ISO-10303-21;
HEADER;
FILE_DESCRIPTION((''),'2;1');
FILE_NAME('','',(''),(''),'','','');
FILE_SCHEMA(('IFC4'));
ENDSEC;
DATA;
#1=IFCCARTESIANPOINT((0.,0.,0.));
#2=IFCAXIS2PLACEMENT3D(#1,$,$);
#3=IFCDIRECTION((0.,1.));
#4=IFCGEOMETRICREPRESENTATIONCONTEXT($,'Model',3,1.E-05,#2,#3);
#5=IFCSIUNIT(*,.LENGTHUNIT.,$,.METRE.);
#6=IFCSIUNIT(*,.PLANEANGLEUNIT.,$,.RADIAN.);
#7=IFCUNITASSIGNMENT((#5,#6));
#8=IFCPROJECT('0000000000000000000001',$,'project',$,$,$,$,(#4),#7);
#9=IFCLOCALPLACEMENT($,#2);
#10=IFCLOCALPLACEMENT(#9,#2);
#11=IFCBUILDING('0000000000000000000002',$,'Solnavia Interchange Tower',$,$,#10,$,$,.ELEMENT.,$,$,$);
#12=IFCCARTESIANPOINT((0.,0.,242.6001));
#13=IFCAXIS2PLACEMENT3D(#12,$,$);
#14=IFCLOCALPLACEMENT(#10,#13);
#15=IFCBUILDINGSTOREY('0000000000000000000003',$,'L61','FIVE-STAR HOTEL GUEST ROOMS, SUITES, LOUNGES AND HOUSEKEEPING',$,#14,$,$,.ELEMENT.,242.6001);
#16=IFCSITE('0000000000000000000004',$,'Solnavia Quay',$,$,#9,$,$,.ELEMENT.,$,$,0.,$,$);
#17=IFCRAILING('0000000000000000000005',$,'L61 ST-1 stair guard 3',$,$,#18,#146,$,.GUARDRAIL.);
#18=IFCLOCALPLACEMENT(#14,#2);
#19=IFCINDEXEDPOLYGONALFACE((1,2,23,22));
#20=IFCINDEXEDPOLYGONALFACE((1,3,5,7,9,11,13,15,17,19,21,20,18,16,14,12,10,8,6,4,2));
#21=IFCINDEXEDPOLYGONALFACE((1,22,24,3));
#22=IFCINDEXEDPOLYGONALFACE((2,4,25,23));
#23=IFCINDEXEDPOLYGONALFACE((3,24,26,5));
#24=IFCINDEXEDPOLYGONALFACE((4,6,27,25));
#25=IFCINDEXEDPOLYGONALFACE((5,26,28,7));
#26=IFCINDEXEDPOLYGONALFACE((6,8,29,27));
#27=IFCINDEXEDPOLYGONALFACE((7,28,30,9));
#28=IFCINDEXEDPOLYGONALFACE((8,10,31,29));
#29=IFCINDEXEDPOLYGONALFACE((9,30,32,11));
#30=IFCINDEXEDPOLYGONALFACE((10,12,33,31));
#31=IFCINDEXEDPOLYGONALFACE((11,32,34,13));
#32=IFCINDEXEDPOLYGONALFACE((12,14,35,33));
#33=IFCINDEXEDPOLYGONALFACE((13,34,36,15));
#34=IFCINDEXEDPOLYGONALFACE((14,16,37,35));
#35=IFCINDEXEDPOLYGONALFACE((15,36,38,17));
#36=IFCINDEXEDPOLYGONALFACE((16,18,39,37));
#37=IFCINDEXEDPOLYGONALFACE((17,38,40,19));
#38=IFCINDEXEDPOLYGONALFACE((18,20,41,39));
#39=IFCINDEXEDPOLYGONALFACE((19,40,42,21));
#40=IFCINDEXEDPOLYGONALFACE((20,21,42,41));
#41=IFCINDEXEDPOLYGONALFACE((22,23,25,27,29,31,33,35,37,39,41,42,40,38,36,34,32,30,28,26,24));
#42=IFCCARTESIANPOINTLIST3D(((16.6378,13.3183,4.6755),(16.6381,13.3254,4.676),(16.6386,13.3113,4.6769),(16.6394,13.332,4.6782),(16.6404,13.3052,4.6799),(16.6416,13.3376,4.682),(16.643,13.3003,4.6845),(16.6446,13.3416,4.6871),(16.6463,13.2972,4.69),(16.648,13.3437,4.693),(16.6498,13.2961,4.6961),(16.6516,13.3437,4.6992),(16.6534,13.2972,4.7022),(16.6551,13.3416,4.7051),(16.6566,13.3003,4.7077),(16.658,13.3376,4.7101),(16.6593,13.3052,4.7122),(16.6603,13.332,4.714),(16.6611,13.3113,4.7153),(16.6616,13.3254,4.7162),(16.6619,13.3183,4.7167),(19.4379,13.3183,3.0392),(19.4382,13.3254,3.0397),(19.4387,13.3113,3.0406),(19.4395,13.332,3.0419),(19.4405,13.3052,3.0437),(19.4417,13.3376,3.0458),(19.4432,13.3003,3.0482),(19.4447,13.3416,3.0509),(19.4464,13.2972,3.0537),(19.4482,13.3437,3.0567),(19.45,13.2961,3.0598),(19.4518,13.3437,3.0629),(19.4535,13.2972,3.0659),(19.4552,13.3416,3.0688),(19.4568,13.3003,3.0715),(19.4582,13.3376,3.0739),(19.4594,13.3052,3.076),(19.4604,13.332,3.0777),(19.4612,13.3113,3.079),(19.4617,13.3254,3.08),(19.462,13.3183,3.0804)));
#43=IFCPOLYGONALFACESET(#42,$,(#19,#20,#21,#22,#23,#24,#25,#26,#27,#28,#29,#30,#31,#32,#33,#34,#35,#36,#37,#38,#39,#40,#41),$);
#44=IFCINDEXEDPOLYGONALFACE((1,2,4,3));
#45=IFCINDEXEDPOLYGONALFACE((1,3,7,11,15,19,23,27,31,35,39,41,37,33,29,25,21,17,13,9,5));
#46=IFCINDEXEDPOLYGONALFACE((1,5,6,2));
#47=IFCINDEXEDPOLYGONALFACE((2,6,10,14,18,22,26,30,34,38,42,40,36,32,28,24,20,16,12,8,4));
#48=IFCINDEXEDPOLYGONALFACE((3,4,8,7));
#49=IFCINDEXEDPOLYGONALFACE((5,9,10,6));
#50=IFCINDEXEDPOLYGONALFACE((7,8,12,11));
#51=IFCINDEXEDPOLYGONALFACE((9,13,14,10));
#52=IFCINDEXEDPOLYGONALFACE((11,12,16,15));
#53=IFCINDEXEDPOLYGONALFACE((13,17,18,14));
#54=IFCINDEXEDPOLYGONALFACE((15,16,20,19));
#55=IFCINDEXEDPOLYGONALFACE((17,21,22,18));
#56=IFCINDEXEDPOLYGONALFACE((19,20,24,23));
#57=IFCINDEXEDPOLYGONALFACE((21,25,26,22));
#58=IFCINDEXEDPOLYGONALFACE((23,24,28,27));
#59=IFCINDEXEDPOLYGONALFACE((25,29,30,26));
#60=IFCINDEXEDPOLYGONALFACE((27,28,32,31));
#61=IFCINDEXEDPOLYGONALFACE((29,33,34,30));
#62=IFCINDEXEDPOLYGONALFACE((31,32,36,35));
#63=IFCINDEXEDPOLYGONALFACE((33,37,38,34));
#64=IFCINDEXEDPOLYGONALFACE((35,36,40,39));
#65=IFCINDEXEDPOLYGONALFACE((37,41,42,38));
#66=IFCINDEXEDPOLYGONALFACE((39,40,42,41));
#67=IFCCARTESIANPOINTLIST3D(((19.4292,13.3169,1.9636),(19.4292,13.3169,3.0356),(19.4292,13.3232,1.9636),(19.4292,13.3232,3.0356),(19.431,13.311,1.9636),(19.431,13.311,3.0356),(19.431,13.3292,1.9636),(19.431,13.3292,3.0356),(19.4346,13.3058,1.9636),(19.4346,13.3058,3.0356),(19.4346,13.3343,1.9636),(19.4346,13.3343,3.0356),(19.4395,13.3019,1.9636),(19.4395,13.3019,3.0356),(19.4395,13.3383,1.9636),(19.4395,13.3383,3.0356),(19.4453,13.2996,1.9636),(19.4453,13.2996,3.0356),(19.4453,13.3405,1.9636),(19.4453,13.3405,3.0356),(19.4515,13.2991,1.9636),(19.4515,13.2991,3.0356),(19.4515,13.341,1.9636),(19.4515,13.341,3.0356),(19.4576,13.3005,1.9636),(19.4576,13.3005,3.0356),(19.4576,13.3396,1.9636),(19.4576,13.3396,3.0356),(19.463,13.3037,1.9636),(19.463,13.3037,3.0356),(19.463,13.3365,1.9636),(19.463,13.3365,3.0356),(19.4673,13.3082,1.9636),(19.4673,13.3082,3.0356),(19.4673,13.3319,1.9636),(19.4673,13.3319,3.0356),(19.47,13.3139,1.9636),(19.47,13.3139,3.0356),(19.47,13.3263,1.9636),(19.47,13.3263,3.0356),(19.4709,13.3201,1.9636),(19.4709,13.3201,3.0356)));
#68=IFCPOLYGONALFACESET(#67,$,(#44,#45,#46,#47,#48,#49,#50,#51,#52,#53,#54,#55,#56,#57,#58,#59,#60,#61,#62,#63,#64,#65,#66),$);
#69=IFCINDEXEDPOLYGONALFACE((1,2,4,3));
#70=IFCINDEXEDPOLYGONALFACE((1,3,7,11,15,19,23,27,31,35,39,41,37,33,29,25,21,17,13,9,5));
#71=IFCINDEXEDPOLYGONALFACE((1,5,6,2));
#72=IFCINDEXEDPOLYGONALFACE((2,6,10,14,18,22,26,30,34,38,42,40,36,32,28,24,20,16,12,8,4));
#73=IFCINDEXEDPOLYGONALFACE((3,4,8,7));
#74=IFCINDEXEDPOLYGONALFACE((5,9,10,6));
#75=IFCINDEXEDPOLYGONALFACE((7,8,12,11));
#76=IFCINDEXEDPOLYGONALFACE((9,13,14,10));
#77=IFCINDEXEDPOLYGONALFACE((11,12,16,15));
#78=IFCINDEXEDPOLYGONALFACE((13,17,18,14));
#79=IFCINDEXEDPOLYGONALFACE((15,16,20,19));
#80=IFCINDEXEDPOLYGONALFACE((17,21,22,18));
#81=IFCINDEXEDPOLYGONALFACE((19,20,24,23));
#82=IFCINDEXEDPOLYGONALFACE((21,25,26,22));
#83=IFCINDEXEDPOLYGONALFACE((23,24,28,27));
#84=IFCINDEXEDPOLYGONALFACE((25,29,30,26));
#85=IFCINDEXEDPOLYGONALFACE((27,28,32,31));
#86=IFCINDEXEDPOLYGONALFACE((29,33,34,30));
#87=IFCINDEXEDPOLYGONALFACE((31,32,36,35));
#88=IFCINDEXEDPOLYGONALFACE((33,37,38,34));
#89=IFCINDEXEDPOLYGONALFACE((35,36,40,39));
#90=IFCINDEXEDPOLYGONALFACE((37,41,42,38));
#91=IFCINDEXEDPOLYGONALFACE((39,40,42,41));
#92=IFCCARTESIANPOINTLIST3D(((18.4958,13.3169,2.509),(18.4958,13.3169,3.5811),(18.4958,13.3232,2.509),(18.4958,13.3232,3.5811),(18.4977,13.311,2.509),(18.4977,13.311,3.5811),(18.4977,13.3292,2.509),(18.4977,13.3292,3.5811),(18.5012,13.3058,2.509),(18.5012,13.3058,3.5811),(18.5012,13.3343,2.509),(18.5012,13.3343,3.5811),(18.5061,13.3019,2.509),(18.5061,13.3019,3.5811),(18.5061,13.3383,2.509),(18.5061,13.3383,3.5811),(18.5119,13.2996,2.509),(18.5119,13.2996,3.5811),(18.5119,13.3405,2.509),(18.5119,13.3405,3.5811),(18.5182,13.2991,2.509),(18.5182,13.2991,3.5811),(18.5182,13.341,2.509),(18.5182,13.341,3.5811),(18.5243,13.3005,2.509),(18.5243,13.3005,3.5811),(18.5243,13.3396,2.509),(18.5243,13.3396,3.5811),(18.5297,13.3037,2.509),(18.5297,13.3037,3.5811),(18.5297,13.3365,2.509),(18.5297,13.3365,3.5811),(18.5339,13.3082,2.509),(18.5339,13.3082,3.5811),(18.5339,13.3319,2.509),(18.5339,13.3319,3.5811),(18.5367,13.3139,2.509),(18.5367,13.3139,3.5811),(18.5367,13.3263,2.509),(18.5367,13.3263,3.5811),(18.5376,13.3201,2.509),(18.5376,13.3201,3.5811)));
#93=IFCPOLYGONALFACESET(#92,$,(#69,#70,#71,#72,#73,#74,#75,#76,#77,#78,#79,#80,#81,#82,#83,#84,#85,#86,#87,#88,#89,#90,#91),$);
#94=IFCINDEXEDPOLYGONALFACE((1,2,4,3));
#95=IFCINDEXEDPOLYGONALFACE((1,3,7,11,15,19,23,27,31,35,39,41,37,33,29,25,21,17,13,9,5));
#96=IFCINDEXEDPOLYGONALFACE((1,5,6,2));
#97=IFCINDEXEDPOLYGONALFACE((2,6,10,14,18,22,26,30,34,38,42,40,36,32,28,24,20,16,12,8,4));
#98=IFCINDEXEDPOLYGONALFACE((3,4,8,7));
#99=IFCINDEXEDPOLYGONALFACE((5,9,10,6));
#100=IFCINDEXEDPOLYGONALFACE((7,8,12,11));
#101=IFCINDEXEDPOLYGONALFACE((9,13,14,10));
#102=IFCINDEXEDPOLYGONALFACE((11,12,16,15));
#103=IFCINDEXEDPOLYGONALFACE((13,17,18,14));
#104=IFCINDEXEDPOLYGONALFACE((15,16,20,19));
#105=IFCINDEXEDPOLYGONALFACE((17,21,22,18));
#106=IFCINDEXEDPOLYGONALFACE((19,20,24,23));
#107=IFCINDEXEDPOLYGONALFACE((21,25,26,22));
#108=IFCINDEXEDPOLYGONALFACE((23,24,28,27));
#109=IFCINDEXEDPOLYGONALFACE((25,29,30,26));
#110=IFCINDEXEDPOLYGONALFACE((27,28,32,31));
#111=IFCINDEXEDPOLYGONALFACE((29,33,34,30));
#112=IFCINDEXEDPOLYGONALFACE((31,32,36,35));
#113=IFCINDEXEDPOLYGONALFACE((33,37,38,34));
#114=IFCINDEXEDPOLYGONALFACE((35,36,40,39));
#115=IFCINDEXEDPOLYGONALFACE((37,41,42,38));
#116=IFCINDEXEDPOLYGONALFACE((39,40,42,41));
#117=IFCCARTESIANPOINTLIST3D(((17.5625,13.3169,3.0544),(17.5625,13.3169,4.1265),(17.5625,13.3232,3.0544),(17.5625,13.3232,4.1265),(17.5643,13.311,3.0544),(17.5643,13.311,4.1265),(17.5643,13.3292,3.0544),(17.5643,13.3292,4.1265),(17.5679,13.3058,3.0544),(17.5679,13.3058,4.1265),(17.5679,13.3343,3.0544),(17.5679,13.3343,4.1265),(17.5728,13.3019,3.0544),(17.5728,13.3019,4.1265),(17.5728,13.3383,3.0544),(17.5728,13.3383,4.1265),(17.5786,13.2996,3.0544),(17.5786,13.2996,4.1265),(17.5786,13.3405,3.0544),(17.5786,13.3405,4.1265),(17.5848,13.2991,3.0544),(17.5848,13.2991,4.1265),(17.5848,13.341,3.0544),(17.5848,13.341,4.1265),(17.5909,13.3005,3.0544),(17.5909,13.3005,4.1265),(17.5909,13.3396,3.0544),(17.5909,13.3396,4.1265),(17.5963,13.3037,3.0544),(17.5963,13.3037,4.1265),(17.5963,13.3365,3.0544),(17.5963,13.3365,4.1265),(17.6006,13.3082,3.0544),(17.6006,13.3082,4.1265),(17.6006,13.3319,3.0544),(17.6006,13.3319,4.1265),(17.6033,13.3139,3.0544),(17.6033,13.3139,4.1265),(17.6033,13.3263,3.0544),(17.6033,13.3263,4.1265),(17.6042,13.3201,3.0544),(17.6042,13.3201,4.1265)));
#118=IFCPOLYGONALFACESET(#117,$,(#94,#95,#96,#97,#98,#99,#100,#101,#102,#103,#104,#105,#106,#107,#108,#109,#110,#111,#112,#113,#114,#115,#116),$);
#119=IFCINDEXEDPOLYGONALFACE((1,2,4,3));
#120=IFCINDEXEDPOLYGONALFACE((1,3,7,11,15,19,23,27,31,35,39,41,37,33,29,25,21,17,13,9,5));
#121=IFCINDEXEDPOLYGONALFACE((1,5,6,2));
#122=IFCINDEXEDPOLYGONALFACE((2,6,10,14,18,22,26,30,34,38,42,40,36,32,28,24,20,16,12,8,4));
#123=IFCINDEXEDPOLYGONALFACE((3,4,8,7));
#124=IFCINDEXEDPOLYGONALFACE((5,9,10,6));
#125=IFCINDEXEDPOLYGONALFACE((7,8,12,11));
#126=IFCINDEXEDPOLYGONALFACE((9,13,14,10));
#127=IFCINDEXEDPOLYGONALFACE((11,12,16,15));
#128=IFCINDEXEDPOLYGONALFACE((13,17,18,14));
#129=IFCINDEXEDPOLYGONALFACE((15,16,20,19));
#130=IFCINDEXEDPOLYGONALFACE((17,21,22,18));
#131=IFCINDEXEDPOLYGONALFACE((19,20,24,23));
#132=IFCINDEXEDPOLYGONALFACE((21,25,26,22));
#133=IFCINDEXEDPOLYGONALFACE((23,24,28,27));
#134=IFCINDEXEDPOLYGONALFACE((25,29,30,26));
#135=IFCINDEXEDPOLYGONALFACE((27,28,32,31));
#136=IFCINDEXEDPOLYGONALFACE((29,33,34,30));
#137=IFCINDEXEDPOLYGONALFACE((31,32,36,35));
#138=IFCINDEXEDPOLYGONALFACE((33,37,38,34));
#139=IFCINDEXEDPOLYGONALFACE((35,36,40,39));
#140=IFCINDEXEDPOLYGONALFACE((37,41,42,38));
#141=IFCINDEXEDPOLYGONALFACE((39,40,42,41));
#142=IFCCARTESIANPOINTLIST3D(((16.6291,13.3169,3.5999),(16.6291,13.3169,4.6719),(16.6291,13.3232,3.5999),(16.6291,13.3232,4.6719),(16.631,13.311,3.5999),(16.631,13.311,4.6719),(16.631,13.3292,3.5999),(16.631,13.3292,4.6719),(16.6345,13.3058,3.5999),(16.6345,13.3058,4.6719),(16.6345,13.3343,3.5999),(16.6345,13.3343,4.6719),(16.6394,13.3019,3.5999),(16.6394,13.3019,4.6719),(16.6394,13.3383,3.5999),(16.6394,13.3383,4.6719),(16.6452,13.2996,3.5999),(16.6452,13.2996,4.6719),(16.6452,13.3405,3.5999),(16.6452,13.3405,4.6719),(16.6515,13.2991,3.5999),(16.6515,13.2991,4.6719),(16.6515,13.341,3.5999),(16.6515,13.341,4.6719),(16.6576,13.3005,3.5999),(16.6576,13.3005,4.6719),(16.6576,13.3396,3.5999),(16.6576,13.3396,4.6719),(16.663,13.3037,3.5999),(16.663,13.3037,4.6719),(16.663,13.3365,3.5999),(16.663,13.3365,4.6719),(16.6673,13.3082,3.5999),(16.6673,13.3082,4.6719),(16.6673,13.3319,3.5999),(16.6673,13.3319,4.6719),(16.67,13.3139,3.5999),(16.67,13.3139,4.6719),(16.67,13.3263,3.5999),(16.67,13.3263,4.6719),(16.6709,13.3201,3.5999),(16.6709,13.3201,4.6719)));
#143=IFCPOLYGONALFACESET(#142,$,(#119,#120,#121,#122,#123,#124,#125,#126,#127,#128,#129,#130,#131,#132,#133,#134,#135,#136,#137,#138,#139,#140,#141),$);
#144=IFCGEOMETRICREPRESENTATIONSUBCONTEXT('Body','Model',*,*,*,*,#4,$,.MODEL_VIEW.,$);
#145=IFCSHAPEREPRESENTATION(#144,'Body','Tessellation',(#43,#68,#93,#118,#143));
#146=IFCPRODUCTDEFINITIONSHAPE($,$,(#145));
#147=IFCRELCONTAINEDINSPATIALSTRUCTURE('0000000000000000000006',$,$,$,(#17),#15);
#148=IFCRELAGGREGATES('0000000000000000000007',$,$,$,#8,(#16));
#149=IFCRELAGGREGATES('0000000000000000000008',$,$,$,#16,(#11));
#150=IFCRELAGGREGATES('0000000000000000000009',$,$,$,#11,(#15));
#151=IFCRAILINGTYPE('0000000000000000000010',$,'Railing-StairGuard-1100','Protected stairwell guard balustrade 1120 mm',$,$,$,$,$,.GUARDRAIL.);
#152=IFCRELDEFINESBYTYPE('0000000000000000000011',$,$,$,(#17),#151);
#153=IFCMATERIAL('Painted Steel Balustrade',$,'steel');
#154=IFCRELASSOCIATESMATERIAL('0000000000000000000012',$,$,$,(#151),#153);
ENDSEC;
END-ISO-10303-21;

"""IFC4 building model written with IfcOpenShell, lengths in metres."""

from ifc_helpers import new_model, si_unit, direction, frame, origin, origin_2d, place, context, subcontext, project, spatial, circle, extrude, material, type_object, element, save


model = new_model("IFC4")

# Units and contexts
model_context = context("Model", 3, precision=1e-05, world=origin(), true_north=direction((0.0, 1.0)))
body_context = subcontext(model_context, "Body", "Model", "MODEL_VIEW")
ifc_project = project(units=[si_unit("LENGTHUNIT", "METRE"), si_unit("PLANEANGLEUNIT", "RADIAN")], contexts=[model_context])

# Site, building, storey
site_placement = place(None, origin())
site = spatial("IfcSite", under=ifc_project, at=site_placement, Name="Solnavia Quay", CompositionType="ELEMENT", RefElevation=0.0)
building_placement = place(site_placement, origin())
building = spatial("IfcBuilding", under=site, at=building_placement, Name="Solnavia Interchange Tower", CompositionType="ELEMENT")
storey_placement = place(building_placement, frame((0.0, 0.0, 242.6001)))
storey = spatial("IfcBuildingStorey", under=building, at=storey_placement, Name="L61", Description="FIVE-STAR HOTEL GUEST ROOMS, SUITES, LOUNGES AND HOUSEKEEPING", CompositionType="ELEMENT", Elevation=242.6001)

# Railing
ifc_material_1 = material(Name="Painted Steel Balustrade", Category="steel")
railing_type_1 = type_object("IfcRailingType", Name="Railing-StairGuard-1100", Description="Protected stairwell guard balustrade 1120 mm", PredefinedType="GUARDRAIL", material=ifc_material_1)
railing_1_placement = place(storey_placement, frame((19.45, 13.3201, 1.9636)))
element("IfcRailing", 1, at=railing_1_placement, inside=storey, type_object=railing_type_1, Name="L61 ST-1 stair guard 3", PredefinedType="GUARDRAIL", context=body_context, shape_type="SweptSolid", body=[
    extrude(circle(Radius=0.0239, at=origin_2d()), frame((0.0, 0.0, 1.0962), z_axis=(-0.863394, 0.0, 0.504531), x_axis=(0.0, -1.0, 0.0)), (0.0, 0.0, 1.0), 3.2432),
    extrude(circle(Radius=0.021, at=origin_2d()), origin(), (0.0, 0.0, 1.0), 1.072),
    extrude(circle(Radius=0.021, at=origin_2d()), frame((-0.9333, 0.0, 0.5454)), (0.0, 0.0, 1.0), 1.072),
    extrude(circle(Radius=0.021, at=origin_2d()), frame((-1.8667, 0.0, 1.0908)), (0.0, 0.0, 1.0), 1.072),
    extrude(circle(Radius=0.021, at=origin_2d()), frame((-2.8, 0.0, 1.6362)), (0.0, 0.0, 1.0), 1.072),
])

save(model, "model.ifc")
